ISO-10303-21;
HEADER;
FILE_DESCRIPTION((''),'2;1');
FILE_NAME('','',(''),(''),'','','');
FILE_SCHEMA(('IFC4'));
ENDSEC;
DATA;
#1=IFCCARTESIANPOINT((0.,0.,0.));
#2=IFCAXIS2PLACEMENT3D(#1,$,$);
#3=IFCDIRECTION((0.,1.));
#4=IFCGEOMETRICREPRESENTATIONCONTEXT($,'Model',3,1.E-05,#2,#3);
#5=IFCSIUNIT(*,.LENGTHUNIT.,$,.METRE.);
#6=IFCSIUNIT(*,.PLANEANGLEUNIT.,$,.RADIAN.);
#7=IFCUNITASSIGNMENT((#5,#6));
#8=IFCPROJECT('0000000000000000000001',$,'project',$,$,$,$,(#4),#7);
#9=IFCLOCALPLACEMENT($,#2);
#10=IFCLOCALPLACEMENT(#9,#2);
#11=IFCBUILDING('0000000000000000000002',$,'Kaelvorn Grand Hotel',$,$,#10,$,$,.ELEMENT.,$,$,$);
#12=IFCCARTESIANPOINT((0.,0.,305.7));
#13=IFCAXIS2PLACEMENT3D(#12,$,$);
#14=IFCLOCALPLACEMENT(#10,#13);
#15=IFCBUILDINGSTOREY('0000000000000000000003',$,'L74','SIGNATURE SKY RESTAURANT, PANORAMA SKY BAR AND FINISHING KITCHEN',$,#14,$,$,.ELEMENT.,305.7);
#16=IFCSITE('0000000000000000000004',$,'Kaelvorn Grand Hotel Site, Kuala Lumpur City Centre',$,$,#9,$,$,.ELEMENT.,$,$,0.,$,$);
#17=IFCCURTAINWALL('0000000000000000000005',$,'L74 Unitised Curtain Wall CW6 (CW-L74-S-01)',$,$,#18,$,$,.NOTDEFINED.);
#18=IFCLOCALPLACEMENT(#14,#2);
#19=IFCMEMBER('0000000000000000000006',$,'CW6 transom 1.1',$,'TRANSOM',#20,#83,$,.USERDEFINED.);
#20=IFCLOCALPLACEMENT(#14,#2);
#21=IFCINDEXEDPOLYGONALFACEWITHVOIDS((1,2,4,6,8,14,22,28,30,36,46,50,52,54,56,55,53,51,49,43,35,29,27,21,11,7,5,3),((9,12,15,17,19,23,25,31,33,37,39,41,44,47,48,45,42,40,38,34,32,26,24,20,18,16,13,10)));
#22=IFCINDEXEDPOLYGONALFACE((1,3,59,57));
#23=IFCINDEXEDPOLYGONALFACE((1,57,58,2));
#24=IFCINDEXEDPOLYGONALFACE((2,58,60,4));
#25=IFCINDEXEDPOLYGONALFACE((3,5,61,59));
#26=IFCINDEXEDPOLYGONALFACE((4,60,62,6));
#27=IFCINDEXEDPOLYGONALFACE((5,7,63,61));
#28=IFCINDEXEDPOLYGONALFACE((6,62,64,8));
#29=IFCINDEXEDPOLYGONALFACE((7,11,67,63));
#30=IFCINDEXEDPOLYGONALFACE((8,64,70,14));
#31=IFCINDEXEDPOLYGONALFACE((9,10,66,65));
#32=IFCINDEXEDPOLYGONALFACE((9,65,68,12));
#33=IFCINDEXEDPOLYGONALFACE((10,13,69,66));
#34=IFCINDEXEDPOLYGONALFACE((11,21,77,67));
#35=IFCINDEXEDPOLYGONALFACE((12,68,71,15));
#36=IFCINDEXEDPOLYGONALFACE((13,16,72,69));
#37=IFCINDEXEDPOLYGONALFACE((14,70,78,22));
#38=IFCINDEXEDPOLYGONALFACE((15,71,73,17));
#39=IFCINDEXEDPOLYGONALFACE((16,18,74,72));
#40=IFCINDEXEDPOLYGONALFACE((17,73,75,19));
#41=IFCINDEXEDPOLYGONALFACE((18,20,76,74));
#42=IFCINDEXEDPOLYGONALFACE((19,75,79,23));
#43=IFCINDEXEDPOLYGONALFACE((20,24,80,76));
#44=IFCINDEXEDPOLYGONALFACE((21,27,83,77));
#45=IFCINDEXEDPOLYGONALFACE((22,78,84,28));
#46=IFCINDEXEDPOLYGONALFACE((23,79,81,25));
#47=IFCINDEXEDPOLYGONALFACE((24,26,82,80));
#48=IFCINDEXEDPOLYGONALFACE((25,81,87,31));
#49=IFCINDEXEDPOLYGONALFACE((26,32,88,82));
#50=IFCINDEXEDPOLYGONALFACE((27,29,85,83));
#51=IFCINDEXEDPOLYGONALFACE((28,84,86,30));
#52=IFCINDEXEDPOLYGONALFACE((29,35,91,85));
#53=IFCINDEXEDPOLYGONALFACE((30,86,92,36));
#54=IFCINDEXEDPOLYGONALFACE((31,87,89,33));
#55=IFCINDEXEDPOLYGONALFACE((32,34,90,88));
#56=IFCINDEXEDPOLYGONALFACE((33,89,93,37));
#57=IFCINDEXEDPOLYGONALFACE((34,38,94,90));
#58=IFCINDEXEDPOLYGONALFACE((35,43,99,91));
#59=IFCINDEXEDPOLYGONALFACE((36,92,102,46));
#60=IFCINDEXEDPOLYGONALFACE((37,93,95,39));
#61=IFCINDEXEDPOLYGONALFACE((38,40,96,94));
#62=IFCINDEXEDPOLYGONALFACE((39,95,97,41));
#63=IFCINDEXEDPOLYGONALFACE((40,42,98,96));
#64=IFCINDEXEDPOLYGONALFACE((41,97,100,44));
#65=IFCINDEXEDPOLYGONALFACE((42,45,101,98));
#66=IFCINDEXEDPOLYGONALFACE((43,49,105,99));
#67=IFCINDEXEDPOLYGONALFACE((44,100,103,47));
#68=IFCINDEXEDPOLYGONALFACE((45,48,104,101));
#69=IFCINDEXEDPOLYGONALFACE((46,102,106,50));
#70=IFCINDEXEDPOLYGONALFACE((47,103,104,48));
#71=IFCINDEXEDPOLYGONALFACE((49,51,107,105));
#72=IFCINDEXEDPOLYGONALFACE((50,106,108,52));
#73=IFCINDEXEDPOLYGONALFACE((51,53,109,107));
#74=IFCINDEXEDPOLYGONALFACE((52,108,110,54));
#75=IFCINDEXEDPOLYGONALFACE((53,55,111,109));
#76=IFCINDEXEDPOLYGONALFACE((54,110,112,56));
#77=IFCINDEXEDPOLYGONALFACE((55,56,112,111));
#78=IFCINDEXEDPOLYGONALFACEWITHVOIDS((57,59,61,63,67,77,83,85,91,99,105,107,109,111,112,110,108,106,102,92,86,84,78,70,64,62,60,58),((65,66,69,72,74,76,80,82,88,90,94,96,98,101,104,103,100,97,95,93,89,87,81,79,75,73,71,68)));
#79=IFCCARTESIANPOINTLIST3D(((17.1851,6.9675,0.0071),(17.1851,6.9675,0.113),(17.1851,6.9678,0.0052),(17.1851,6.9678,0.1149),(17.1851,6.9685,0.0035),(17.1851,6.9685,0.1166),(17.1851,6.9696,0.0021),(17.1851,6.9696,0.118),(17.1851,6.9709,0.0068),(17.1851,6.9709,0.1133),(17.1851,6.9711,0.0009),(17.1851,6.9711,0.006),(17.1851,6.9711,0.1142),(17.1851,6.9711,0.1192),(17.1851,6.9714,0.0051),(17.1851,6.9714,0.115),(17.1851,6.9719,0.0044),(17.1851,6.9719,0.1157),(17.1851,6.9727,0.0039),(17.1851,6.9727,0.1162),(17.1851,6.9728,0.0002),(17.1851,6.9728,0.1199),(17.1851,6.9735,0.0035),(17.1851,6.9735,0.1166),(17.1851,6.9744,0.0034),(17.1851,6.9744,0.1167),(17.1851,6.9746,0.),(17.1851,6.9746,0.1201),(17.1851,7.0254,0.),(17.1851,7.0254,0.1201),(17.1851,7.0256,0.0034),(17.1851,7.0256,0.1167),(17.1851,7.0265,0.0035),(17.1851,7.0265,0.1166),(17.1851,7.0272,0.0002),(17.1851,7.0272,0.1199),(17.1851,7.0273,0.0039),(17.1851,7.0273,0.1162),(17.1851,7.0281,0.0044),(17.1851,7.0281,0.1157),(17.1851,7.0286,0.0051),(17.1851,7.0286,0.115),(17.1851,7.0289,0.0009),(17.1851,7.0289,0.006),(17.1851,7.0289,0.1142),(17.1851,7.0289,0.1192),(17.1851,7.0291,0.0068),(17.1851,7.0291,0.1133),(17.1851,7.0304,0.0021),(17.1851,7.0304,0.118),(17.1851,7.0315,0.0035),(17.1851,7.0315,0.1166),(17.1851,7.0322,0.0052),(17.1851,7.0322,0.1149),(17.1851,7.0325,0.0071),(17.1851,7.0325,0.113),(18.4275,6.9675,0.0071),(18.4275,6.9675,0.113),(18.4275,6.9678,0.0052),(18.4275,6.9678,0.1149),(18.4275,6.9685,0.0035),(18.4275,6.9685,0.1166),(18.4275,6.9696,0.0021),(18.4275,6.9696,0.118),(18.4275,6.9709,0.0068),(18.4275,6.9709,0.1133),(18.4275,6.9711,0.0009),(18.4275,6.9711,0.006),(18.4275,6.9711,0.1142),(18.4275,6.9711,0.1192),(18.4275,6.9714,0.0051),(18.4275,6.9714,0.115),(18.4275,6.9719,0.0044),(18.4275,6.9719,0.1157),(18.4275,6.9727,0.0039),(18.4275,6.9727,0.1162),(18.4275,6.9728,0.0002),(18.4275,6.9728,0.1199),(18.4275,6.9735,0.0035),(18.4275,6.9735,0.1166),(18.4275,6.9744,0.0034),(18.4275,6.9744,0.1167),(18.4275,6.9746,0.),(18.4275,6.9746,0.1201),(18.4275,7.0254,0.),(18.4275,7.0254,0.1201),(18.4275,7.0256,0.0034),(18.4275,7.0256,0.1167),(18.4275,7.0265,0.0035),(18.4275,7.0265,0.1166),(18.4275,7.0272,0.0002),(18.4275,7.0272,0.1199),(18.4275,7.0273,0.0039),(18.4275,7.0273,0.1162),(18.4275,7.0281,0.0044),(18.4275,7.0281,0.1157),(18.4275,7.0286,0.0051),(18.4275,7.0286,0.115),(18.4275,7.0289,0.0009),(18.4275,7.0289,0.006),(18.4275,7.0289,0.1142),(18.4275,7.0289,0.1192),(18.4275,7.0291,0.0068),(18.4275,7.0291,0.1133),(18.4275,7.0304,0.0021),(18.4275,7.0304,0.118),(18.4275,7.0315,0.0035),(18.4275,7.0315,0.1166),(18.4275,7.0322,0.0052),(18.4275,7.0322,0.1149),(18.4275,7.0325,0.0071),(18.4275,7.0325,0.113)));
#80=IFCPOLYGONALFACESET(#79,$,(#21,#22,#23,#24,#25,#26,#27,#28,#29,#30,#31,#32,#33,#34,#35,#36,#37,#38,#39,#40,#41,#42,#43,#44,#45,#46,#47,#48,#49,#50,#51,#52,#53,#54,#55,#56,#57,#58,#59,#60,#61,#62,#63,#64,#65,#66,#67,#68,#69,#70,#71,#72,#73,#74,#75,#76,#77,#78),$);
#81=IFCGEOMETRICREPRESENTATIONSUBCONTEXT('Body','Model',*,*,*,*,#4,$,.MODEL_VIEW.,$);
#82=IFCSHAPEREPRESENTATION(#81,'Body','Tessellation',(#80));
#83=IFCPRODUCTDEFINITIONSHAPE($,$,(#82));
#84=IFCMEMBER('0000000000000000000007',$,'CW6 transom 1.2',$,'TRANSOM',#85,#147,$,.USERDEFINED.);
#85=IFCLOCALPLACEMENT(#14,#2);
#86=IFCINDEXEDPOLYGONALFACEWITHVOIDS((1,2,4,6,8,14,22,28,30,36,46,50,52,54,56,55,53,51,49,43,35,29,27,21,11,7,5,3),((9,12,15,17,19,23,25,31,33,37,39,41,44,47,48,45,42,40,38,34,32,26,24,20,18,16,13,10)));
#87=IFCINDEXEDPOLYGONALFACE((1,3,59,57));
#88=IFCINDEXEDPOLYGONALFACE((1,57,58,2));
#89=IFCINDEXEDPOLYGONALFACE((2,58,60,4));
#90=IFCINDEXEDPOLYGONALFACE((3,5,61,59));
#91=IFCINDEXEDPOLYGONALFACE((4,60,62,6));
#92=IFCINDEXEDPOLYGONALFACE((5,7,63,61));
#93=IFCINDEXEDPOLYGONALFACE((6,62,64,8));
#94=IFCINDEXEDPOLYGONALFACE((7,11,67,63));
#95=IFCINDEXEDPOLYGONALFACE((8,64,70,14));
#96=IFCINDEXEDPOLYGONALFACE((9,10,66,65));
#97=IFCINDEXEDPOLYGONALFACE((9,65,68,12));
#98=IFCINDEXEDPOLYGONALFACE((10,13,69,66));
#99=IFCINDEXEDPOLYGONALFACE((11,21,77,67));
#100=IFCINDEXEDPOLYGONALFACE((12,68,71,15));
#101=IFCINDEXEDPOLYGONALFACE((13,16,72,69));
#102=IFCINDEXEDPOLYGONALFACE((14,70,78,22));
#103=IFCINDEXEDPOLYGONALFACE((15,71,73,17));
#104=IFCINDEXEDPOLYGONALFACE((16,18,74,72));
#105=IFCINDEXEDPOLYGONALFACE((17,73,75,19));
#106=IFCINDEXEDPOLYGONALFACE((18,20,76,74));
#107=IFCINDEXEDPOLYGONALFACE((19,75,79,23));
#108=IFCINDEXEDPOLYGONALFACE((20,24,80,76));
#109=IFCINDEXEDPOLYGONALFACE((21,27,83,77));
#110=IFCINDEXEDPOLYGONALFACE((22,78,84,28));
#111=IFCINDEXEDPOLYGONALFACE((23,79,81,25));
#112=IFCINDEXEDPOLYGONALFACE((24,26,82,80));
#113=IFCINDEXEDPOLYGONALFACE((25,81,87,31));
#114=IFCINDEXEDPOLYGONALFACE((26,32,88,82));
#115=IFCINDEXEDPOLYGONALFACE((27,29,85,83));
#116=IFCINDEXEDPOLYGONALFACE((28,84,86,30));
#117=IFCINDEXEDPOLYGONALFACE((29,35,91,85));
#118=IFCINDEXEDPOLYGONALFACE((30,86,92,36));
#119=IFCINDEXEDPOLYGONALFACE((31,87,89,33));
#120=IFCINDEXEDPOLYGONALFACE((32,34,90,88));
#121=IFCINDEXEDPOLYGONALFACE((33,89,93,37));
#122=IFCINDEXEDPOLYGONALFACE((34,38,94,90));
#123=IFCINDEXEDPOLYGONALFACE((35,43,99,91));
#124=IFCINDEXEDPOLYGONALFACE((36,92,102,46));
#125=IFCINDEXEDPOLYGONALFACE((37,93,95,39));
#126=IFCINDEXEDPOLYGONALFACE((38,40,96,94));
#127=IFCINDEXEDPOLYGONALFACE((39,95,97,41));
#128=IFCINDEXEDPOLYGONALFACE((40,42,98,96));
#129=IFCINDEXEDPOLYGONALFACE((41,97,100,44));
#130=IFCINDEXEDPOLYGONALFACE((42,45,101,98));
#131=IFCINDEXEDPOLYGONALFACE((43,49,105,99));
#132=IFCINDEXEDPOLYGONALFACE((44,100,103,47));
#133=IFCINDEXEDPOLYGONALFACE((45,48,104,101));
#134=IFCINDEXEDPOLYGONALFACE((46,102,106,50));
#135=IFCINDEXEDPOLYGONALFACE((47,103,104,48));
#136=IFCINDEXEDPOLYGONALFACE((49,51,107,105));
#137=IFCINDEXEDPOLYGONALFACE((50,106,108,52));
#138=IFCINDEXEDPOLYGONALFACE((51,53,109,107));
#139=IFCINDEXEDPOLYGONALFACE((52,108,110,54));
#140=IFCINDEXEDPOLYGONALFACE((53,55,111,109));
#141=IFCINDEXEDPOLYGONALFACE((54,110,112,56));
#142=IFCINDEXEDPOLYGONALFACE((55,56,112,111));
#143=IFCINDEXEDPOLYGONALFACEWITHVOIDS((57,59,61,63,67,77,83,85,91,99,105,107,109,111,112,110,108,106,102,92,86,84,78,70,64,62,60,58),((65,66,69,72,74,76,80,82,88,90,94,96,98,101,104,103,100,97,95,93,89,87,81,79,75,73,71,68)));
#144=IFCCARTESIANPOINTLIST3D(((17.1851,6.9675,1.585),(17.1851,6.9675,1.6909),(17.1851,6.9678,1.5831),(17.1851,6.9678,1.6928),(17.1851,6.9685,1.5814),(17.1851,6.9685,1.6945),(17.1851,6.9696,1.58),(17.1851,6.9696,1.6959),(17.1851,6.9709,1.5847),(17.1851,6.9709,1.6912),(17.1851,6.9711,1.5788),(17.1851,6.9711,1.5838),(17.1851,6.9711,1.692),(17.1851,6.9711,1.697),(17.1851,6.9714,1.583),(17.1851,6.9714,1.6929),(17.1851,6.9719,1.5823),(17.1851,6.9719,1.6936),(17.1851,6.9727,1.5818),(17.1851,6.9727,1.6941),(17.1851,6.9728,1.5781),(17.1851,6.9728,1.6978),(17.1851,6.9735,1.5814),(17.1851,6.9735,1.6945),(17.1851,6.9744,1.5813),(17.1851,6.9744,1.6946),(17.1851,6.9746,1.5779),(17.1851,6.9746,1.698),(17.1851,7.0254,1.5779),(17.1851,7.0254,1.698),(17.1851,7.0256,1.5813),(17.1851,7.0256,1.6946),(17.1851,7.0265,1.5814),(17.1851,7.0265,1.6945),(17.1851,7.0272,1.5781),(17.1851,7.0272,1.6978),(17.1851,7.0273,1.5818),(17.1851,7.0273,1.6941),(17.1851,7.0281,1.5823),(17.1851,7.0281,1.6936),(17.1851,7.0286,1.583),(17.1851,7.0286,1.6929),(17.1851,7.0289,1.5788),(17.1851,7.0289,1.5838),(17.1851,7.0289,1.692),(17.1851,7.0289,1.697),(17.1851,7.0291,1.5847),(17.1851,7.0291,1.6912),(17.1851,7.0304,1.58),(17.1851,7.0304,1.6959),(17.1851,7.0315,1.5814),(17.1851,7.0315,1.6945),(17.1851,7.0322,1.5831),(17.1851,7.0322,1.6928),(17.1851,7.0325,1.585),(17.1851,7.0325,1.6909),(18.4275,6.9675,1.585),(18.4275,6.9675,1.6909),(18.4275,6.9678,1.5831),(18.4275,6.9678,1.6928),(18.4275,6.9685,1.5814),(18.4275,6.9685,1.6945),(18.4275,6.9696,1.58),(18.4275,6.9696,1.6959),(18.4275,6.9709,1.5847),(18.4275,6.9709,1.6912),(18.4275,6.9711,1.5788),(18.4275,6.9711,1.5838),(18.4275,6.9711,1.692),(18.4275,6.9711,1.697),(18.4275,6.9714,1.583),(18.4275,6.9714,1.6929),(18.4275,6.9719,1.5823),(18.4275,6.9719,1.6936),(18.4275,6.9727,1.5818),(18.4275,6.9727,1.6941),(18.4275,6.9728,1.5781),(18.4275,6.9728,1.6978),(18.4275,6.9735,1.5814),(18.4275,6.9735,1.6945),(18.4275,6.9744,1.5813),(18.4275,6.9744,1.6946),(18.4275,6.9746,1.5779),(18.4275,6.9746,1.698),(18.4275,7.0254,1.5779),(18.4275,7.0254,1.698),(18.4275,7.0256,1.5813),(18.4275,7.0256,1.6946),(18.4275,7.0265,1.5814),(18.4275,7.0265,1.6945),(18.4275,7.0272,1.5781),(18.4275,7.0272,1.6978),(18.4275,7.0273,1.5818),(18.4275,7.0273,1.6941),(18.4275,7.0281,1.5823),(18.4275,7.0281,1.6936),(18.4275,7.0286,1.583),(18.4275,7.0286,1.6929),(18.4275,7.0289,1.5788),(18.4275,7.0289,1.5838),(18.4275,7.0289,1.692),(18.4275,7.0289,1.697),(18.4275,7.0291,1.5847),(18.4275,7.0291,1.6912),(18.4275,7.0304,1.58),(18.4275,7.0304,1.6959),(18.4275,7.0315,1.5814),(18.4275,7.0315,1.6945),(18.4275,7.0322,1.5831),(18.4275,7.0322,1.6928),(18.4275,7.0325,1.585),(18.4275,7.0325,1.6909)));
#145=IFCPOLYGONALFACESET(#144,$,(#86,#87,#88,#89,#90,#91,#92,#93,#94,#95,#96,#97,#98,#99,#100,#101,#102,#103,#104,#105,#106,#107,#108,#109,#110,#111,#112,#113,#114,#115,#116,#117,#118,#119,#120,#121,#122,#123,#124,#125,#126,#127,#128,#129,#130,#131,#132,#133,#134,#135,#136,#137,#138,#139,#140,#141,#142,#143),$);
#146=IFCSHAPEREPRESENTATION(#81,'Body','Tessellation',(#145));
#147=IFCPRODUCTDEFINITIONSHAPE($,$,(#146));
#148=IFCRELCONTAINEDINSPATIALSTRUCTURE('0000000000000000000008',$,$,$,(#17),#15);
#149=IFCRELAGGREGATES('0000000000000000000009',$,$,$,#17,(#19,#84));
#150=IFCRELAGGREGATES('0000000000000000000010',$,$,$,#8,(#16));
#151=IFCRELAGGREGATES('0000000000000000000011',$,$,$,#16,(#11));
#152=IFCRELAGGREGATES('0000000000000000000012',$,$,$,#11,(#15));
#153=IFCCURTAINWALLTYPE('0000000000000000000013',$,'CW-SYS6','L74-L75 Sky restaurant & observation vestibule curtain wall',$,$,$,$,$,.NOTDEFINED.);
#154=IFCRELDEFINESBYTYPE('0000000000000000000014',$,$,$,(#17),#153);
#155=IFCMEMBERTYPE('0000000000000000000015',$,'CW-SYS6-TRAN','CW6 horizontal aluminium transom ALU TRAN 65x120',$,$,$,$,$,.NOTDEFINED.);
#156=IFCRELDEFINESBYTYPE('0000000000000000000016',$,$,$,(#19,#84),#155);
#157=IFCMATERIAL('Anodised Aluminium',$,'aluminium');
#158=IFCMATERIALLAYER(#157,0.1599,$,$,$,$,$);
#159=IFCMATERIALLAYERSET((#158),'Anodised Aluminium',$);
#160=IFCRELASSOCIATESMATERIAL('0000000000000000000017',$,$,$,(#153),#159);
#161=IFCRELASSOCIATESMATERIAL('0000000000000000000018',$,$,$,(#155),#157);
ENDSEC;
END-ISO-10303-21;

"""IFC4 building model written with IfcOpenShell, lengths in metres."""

from ifc_helpers import new_model, si_unit, direction, frame, origin, origin_2d, place, context, subcontext, project, spatial, hollow_rectangle, extrude, material, layer, layer_set, material_profile, profile_set, type_object, element, aggregate, save


model = new_model("IFC4")

# Units and contexts
model_context = context("Model", 3, precision=1e-05, world=origin(), true_north=direction((0.0, 1.0)))
body_context = subcontext(model_context, "Body", "Model", "MODEL_VIEW")
ifc_project = project(units=[si_unit("LENGTHUNIT", "METRE"), si_unit("PLANEANGLEUNIT", "RADIAN")], contexts=[model_context])

# Site, building, storey
site_placement = place(None, origin())
site = spatial("IfcSite", under=ifc_project, at=site_placement, Name="Kaelvorn Grand Hotel Site, Kuala Lumpur City Centre", CompositionType="ELEMENT", RefElevation=0.0)
building_placement = place(site_placement, origin())
building = spatial("IfcBuilding", under=site, at=building_placement, Name="Kaelvorn Grand Hotel", CompositionType="ELEMENT")
storey_placement = place(building_placement, frame((0.0, 0.0, 305.7)))
storey = spatial("IfcBuildingStorey", under=building, at=storey_placement, Name="L74", Description="SIGNATURE SKY RESTAURANT, PANORAMA SKY BAR AND FINISHING KITCHEN", CompositionType="ELEMENT", Elevation=305.7)

# Curtain wall
ifc_material_1 = material(Name="Anodised Aluminium", Category="aluminium")
ifc_layer_1 = layer(ifc_material_1, 0.1599)
ifc_layer_set_1 = layer_set([ifc_layer_1], Name="Anodised Aluminium")
curtain_wall_type = type_object("IfcCurtainWallType", Name="CW-SYS6", Description="L74-L75 Sky restaurant & observation vestibule curtain wall", PredefinedType="NOTDEFINED", material=ifc_layer_set_1)
curtain_wall_1_placement = place(storey_placement, origin())
curtain_wall_1 = element("IfcCurtainWall", 1, at=curtain_wall_1_placement, inside=storey, type_object=curtain_wall_type, Name="L74 Unitised Curtain Wall CW6 (CW-L74-S-01)", PredefinedType="NOTDEFINED")

# Members
ifc_material_profile_1 = material_profile(ifc_material_1, hollow_rectangle(XDim=0.0649, YDim=0.1201, WallThickness=0.0034, InnerFilletRadius=0.0034, OuterFilletRadius=0.0071, at=origin_2d()), Name="ALU TRAN 65x120")
ifc_profile_set_1 = profile_set([ifc_material_profile_1], Name="Anodised Aluminium")
member_type_1 = type_object("IfcMemberType", Name="CW-SYS6-TRAN", Description="CW6 horizontal aluminium transom ALU TRAN 65x120", PredefinedType="NOTDEFINED", material=ifc_profile_set_1)
member_1_placement = place(storey_placement, frame((17.1851, 7.0, 0.0601), z_axis=(1.0, 0.0, 0.0), x_axis=(0.0, 1.0, 0.0)))
member_1 = element("IfcMember", 2, at=member_1_placement, type_object=member_type_1, Name="CW6 transom 1.1", ObjectType="TRANSOM", PredefinedType="USERDEFINED", context=body_context, shape_type="SweptSolid", body=[
    extrude(hollow_rectangle(XDim=0.0649, YDim=0.1201, WallThickness=0.0034, InnerFilletRadius=0.0034, OuterFilletRadius=0.0071, at=origin_2d()), origin(), (0.0, 0.0, 1.0), 1.2424),
])
member_2_placement = place(storey_placement, frame((17.1851, 7.0, 1.6379), z_axis=(1.0, 0.0, 0.0), x_axis=(0.0, 1.0, 0.0)))
member_2 = element("IfcMember", 3, at=member_2_placement, type_object=member_type_1, Name="CW6 transom 1.2", ObjectType="TRANSOM", PredefinedType="USERDEFINED", context=body_context, shape_type="SweptSolid", body=[
    extrude(hollow_rectangle(XDim=0.0649, YDim=0.1201, WallThickness=0.0034, InnerFilletRadius=0.0034, OuterFilletRadius=0.0071, at=origin_2d()), origin(), (0.0, 0.0, 1.0), 1.2424),
])
aggregate(curtain_wall_1, [member_1, member_2])

save(model, "model.ifc")
